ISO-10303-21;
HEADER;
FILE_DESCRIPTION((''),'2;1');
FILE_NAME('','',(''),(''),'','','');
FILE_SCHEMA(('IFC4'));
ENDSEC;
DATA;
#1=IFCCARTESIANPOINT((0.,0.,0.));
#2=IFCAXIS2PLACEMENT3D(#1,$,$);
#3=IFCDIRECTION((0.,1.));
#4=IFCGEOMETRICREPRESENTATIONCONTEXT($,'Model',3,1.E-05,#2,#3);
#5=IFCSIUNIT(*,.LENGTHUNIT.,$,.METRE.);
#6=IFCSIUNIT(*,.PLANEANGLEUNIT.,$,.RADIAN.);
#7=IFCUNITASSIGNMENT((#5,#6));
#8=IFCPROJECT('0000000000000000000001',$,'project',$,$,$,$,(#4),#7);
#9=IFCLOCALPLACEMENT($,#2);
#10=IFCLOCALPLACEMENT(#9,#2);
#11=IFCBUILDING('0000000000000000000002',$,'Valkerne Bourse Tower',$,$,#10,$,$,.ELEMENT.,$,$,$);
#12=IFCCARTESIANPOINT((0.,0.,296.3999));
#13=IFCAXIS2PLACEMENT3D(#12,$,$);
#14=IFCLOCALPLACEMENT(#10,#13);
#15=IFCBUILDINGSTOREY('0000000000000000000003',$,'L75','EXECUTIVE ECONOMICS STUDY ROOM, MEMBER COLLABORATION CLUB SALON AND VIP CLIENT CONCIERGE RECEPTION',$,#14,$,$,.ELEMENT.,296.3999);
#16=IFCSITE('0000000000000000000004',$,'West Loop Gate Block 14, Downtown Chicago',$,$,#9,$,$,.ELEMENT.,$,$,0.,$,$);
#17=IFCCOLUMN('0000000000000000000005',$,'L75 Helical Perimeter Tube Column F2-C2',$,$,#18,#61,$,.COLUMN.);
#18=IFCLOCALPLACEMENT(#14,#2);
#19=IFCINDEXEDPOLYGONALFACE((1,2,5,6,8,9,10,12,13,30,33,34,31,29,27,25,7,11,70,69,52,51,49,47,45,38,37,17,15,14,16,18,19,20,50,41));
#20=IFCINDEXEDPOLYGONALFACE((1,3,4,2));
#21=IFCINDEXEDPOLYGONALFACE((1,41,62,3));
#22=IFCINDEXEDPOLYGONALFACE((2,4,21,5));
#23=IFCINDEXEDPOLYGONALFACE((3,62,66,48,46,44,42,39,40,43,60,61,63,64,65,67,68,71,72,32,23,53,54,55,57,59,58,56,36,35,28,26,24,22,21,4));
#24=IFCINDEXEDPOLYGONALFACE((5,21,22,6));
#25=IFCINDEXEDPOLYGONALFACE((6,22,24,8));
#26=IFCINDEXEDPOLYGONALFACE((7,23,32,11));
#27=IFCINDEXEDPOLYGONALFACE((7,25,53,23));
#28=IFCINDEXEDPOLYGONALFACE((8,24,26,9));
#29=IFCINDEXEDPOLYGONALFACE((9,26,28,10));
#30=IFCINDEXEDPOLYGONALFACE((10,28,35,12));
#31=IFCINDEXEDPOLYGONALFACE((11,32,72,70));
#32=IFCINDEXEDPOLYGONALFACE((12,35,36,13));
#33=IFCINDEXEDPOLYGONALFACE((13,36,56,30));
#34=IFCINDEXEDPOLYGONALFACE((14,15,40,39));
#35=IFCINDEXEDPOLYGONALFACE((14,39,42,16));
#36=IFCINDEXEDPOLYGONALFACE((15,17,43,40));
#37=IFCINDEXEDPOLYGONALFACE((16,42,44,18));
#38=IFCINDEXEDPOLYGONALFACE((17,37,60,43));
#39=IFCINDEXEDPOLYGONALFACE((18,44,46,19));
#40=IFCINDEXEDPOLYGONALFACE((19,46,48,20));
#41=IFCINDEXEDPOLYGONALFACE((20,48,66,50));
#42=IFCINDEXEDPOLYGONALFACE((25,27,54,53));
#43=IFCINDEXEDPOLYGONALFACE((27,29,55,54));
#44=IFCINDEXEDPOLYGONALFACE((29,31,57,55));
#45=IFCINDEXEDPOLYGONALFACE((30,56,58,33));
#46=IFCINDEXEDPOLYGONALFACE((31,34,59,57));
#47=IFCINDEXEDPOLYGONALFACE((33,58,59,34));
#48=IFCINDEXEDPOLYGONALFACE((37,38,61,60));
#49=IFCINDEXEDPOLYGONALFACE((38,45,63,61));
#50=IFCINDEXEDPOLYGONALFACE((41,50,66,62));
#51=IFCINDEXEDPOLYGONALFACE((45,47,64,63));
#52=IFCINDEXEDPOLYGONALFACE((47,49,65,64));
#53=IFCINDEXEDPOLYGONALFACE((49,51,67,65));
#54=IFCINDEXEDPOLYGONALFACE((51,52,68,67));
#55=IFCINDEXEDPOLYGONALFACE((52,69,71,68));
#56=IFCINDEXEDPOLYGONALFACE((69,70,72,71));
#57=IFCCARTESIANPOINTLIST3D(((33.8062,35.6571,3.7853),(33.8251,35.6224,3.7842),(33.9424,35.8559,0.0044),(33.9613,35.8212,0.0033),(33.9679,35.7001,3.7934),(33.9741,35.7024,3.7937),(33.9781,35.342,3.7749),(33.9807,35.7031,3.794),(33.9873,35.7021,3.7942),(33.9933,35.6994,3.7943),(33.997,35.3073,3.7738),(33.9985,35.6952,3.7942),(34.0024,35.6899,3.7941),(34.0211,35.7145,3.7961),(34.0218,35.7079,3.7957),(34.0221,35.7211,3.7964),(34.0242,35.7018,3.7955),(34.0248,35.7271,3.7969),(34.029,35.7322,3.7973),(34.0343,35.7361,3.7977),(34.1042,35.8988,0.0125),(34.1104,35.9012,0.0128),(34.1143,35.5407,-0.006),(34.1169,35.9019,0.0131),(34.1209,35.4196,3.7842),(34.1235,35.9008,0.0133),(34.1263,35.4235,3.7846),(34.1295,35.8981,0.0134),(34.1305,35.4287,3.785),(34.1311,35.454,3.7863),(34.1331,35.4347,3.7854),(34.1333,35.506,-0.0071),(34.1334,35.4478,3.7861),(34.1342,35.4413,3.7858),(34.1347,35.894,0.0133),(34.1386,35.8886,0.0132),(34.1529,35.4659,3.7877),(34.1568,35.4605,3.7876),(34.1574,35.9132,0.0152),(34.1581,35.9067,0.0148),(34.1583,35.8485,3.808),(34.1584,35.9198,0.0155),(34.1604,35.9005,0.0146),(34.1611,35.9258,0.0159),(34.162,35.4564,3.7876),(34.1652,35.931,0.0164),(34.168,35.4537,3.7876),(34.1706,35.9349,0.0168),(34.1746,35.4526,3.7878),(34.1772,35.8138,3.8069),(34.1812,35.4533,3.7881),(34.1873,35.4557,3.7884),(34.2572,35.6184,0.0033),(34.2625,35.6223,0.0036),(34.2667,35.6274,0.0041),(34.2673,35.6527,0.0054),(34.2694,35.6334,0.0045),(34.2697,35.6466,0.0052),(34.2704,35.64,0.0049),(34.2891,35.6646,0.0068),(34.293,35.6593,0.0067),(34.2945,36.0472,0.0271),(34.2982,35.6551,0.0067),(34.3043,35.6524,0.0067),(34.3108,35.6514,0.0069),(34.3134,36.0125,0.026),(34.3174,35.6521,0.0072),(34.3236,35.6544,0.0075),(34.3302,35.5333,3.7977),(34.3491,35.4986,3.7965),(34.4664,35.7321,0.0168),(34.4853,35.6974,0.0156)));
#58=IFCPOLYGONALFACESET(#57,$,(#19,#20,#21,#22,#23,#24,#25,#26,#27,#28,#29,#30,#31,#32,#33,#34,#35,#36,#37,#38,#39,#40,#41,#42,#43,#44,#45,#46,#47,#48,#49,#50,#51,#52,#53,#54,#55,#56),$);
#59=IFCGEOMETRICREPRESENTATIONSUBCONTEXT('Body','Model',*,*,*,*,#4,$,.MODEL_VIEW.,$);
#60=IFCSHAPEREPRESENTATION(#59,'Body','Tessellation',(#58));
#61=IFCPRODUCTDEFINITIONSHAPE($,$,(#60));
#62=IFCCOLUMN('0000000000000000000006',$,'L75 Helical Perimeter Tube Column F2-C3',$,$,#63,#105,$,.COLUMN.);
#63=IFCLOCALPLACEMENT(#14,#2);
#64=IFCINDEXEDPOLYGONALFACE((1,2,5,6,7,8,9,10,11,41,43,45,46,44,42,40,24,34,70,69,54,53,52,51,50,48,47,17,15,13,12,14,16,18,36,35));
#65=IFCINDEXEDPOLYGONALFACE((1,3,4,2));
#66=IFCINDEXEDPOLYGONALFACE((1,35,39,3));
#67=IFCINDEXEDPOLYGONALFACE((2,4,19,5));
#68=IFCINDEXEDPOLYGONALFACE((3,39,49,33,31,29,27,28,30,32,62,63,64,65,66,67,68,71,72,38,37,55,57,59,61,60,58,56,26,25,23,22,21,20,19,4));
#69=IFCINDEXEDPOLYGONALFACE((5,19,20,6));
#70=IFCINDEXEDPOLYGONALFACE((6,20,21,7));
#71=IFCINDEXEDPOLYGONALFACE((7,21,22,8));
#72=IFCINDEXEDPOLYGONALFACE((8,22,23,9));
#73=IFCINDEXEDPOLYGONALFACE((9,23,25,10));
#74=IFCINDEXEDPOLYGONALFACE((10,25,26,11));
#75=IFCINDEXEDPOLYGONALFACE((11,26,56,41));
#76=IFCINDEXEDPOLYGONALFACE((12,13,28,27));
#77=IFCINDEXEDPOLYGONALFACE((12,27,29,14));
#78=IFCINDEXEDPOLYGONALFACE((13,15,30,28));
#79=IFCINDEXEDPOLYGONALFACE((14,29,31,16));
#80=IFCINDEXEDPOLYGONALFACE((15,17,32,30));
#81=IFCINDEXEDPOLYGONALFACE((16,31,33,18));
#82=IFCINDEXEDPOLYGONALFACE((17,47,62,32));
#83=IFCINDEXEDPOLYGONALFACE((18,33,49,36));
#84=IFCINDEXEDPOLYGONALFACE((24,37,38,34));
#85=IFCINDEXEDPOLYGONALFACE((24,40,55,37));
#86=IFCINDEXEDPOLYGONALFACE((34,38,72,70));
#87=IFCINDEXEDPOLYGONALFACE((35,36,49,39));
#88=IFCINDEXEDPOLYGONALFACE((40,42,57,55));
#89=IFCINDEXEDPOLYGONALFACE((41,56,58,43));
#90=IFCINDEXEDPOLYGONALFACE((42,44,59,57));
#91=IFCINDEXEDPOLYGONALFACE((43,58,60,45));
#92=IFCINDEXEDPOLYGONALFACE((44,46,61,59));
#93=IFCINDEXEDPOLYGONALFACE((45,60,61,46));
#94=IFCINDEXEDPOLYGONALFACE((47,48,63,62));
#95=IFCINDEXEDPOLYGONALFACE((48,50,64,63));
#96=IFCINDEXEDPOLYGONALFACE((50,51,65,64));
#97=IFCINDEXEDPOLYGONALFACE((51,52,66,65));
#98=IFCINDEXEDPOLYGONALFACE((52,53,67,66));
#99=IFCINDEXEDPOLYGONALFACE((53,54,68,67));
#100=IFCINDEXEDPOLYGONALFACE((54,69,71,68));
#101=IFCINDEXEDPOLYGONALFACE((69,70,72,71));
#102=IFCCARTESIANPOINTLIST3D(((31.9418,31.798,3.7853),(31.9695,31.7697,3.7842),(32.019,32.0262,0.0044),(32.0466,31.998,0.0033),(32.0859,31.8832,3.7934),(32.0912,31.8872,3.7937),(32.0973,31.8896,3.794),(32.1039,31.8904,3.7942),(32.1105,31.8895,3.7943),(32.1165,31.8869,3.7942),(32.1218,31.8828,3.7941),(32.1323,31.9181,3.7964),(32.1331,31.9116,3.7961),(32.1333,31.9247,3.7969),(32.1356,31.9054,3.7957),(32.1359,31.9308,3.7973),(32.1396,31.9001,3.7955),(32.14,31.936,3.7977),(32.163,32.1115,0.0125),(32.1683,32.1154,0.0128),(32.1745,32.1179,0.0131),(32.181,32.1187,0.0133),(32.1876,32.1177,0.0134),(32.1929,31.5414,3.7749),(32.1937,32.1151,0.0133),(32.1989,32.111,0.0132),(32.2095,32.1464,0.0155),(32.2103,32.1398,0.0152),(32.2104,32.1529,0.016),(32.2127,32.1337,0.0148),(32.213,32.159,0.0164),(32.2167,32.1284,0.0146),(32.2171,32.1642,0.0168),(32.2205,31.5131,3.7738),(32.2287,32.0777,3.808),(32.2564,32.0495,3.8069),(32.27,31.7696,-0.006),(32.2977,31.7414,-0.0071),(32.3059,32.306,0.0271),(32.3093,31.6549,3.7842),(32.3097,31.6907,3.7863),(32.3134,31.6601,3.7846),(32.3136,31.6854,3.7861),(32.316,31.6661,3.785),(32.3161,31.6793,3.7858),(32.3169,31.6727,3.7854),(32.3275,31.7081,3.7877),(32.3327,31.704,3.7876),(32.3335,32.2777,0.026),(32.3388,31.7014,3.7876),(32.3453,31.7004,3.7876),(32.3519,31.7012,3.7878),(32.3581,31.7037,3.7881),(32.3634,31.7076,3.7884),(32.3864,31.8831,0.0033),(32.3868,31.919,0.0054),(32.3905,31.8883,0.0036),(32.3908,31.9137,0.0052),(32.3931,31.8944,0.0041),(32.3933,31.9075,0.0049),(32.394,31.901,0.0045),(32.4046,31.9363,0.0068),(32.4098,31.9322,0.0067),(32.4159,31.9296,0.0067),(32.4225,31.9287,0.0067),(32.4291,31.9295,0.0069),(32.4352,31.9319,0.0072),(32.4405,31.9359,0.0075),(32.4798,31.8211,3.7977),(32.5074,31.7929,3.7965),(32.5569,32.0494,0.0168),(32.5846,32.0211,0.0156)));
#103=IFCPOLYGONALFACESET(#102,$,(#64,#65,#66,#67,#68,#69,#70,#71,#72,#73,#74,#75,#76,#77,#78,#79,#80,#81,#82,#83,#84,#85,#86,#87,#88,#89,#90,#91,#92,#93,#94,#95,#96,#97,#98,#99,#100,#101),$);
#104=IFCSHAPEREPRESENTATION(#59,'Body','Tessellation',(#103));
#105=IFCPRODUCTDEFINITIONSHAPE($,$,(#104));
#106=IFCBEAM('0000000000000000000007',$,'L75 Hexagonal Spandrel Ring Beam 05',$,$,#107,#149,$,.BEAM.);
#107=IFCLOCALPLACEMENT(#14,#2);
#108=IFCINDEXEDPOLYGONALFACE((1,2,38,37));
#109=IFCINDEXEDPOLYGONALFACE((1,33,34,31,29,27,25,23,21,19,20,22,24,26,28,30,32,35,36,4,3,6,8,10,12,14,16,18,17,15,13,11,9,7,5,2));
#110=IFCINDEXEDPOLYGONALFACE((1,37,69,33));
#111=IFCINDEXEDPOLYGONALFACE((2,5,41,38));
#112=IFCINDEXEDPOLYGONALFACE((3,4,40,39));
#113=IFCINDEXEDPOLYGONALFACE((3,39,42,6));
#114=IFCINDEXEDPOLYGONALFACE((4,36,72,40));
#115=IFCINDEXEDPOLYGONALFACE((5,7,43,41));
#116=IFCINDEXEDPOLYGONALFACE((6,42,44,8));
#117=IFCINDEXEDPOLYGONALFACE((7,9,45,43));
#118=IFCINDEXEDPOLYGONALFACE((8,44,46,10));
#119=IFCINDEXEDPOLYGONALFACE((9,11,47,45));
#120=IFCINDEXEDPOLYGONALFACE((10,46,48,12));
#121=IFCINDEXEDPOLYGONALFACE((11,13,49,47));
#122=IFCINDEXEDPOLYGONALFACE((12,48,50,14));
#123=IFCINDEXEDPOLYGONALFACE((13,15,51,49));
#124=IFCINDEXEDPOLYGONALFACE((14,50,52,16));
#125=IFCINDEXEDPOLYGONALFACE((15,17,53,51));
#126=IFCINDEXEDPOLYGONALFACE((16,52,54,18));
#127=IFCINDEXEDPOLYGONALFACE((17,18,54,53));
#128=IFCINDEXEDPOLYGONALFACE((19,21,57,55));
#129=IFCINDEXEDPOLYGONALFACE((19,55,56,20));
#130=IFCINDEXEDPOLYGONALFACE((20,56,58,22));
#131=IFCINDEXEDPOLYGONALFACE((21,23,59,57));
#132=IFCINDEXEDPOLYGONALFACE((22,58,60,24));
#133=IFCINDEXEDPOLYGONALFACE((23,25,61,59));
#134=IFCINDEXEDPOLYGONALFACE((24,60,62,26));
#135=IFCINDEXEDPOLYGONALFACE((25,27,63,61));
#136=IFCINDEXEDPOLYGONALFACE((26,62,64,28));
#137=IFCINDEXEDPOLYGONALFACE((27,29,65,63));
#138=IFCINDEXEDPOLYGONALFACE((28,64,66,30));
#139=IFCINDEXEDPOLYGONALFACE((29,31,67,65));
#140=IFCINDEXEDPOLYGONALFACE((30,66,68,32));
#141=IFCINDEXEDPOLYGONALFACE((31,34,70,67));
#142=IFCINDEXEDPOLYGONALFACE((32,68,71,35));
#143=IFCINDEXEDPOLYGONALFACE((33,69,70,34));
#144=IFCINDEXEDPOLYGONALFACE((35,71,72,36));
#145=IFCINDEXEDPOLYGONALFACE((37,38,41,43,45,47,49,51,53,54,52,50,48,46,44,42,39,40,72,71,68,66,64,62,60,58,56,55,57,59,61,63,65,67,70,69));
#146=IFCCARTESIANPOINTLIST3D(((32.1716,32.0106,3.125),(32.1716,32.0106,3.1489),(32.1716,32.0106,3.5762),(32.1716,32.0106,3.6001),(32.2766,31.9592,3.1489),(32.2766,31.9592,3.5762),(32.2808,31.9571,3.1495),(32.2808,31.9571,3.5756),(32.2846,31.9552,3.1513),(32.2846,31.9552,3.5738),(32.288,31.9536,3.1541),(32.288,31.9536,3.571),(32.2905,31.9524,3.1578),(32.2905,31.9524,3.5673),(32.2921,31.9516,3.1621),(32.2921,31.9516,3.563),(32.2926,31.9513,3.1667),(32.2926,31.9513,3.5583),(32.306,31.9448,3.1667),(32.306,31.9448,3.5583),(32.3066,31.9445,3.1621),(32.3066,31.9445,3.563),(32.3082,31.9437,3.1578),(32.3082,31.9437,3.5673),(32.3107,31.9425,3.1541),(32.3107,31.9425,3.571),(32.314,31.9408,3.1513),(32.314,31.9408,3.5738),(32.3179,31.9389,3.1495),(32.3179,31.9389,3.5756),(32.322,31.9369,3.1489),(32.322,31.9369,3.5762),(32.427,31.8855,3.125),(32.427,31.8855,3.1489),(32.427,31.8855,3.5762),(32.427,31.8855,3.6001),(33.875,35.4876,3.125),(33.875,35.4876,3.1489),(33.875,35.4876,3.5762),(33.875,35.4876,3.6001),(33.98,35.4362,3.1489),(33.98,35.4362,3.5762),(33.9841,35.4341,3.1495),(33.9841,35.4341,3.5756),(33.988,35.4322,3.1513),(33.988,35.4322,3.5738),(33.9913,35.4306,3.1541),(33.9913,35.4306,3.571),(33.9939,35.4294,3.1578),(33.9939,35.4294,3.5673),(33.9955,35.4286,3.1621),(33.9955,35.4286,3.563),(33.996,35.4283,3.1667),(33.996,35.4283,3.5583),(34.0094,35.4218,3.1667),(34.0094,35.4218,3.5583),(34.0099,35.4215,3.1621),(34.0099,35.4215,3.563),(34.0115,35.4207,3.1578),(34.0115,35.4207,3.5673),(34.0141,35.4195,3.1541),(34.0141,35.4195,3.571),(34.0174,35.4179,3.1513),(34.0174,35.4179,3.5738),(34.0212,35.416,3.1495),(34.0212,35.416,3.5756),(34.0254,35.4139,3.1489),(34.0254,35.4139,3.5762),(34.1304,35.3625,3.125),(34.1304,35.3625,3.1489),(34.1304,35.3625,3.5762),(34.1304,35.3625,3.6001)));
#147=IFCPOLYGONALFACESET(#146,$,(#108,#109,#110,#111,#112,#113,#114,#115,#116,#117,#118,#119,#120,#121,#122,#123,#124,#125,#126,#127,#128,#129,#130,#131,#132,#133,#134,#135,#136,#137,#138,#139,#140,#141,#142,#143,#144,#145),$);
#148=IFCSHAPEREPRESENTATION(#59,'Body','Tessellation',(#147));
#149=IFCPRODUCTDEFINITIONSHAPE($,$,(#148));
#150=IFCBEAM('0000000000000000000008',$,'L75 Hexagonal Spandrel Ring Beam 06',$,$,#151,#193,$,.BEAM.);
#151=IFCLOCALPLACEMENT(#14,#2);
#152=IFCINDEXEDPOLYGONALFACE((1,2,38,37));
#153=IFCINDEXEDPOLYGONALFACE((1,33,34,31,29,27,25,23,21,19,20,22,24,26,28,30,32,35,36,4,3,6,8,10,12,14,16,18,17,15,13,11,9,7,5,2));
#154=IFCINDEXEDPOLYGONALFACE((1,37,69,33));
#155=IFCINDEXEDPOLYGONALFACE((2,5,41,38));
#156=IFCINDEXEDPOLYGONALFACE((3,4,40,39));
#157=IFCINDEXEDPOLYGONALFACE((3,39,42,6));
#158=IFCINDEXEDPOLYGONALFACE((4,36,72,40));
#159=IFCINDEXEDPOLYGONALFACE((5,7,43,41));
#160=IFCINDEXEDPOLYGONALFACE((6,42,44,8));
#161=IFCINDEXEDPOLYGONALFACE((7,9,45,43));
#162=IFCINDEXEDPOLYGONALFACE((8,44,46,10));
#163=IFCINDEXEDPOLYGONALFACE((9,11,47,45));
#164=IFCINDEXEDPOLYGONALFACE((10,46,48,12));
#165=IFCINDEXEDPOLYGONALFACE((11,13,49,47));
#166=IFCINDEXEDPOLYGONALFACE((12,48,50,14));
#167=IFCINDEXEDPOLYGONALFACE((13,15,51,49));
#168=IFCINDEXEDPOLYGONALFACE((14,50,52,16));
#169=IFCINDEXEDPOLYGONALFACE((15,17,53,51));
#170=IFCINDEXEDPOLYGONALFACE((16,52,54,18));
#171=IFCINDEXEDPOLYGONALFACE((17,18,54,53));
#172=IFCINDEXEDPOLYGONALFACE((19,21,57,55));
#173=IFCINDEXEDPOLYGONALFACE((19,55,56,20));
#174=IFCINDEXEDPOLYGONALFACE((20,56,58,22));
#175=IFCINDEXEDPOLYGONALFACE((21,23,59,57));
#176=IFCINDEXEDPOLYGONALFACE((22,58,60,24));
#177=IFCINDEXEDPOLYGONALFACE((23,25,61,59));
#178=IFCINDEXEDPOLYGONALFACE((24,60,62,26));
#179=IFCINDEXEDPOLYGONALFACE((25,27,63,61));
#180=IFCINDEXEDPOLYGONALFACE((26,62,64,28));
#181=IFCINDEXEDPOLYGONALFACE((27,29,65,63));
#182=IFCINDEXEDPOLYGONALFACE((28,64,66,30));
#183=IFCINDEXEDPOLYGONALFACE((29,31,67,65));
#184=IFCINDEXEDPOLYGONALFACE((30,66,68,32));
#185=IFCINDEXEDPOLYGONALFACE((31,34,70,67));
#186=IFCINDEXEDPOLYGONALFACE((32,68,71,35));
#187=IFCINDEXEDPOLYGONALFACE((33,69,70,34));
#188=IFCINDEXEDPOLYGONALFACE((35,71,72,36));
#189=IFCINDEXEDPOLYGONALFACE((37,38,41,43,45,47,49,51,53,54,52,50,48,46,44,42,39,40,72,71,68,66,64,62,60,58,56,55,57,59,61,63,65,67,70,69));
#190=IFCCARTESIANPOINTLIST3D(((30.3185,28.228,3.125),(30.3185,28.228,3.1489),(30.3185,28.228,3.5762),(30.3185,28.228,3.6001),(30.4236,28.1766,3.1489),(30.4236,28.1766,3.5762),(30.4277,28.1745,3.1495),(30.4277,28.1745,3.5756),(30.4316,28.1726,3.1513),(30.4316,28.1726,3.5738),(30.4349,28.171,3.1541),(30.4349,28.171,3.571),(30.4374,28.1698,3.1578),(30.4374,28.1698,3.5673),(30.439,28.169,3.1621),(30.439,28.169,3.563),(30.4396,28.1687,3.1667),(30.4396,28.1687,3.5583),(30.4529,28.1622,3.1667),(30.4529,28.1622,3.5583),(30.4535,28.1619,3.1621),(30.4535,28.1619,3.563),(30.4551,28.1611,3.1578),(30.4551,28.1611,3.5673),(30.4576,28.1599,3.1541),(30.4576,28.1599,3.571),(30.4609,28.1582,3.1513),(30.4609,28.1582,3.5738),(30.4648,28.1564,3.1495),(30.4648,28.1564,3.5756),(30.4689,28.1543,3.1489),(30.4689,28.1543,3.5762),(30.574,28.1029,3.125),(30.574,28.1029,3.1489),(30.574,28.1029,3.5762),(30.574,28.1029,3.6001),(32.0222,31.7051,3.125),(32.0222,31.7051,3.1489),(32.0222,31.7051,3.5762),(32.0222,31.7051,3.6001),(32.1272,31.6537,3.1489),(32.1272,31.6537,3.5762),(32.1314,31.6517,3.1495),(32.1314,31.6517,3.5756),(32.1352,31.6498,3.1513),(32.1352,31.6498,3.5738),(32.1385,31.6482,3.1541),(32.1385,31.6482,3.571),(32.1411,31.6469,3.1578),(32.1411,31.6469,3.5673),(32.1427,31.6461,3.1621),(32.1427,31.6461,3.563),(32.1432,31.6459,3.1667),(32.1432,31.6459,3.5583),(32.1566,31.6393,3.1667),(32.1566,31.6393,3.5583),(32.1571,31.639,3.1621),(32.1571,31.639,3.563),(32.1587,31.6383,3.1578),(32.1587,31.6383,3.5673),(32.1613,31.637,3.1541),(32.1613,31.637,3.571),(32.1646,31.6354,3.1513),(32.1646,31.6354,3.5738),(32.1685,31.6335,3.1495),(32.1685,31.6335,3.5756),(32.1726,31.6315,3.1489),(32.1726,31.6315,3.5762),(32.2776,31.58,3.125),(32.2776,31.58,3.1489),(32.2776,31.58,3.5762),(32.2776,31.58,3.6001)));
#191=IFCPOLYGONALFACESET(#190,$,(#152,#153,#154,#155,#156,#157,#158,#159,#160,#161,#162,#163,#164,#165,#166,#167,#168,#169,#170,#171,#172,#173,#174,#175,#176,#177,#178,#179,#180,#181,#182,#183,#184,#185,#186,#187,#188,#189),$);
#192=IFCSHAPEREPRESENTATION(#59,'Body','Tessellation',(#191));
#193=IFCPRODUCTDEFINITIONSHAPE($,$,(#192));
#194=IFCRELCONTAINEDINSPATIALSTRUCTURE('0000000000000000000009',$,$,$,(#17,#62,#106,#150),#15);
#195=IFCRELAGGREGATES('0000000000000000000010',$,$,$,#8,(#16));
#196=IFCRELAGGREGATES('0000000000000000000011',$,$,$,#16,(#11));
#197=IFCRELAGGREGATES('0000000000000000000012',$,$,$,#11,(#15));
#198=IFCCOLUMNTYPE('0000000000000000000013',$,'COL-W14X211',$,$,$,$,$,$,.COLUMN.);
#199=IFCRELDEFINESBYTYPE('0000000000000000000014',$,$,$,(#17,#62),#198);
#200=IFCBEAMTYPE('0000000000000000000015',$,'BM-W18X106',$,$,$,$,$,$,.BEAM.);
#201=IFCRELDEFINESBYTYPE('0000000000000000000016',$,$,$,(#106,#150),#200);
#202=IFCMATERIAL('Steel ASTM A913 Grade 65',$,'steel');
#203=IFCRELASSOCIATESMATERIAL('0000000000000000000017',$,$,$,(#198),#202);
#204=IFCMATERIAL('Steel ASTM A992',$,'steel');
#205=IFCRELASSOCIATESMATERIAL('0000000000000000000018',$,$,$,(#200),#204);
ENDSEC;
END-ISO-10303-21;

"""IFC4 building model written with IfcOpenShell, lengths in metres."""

from ifc_helpers import new_model, si_unit, direction, frame, origin, origin_2d, place, context, subcontext, project, spatial, i_section, extrude, material, material_profile, profile_set, type_object, element, save


model = new_model("IFC4")

# Units and contexts
model_context = context("Model", 3, precision=1e-05, world=origin(), true_north=direction((0.0, 1.0)))
body_context = subcontext(model_context, "Body", "Model", "MODEL_VIEW")
ifc_project = project(units=[si_unit("LENGTHUNIT", "METRE"), si_unit("PLANEANGLEUNIT", "RADIAN")], contexts=[model_context])

# Site, building, storey
site_placement = place(None, origin())
site = spatial("IfcSite", under=ifc_project, at=site_placement, Name="West Loop Gate Block 14, Downtown Chicago", CompositionType="ELEMENT", RefElevation=0.0)
building_placement = place(site_placement, origin())
building = spatial("IfcBuilding", under=site, at=building_placement, Name="Valkerne Bourse Tower", CompositionType="ELEMENT")
storey_placement = place(building_placement, frame((0.0, 0.0, 296.3999)))
storey = spatial("IfcBuildingStorey", under=building, at=storey_placement, Name="L75", Description="EXECUTIVE ECONOMICS STUDY ROOM, MEMBER COLLABORATION CLUB SALON AND VIP CLIENT CONCIERGE RECEPTION", CompositionType="ELEMENT", Elevation=296.3999)

# Columns
ifc_material_1 = material(Name="Steel ASTM A913 Grade 65", Category="steel")
ifc_material_profile_1 = material_profile(ifc_material_1, i_section(OverallWidth=0.4014, OverallDepth=0.3987, WebThickness=0.0249, FlangeThickness=0.0396, FilletRadius=0.0254, at=origin_2d()), Name="W14X211")
ifc_profile_set_1 = profile_set([ifc_material_profile_1], Name="Steel ASTM A913 Grade 65")
column_type = type_object("IfcColumnType", Name="COL-W14X211", PredefinedType="COLUMN", material=ifc_profile_set_1)
for number, where, z_axis, x_axis, name in (
    (1, (34.2139, 35.7766, 0.01), (-0.035957, -0.052454, 0.997976), (-0.87722, -0.476732, -0.056664), "L75 Helical Perimeter Tube Column F2-C2"),
    (2, (32.3018, 32.0237, 0.01), (-0.020363, -0.060251, 0.997976), (-0.714793, -0.697036, -0.056667), "L75 Helical Perimeter Tube Column F2-C3"),
):
    element("IfcColumn", number, at=place(storey_placement, frame(where, z_axis=z_axis, x_axis=x_axis)), inside=storey, type_object=column_type, Name=name, PredefinedType="COLUMN", context=body_context, shape_type="SweptSolid", body=[
        extrude(i_section(OverallWidth=0.4014, OverallDepth=0.3987, WebThickness=0.0249, FlangeThickness=0.0396, FilletRadius=0.0254, at=origin_2d()), origin(), (0.0, 0.0, 1.0), 3.7886),
    ])

# Beams
ifc_material_2 = material(Name="Steel ASTM A992", Category="steel")
ifc_material_profile_2 = material_profile(ifc_material_2, i_section(OverallWidth=0.2844, OverallDepth=0.4751, WebThickness=0.0149, FlangeThickness=0.0239, FilletRadius=0.0178, at=origin_2d()), Name="W18X106")
ifc_profile_set_2 = profile_set([ifc_material_profile_2], Name="Steel ASTM A992")
beam_type_1 = type_object("IfcBeamType", Name="BM-W18X106", PredefinedType="BEAM", material=ifc_profile_set_2)
beam_1_placement = place(storey_placement, frame((34.0027, 35.425, 3.3625), z_axis=(-0.439935, -0.89803, 0.0), x_axis=(0.89803, -0.439935, 0.0)))
element("IfcBeam", 3, at=beam_1_placement, inside=storey, type_object=beam_type_1, Name="L75 Hexagonal Spandrel Ring Beam 05", PredefinedType="BEAM", context=body_context, shape_type="SweptSolid", body=[
    extrude(i_section(OverallWidth=0.2844, OverallDepth=0.4751, WebThickness=0.0149, FlangeThickness=0.0239, FilletRadius=0.0178, at=origin_2d()), origin(), (0.0, 0.0, 1.0), 3.8718),
])
beam_2_placement = place(storey_placement, frame((32.1499, 31.6426, 3.3625), z_axis=(-0.439986, -0.898005, 0.0), x_axis=(0.898005, -0.439986, 0.0)))
element("IfcBeam", 4, at=beam_2_placement, inside=storey, type_object=beam_type_1, Name="L75 Hexagonal Spandrel Ring Beam 06", PredefinedType="BEAM", context=body_context, shape_type="SweptSolid", body=[
    extrude(i_section(OverallWidth=0.2844, OverallDepth=0.4751, WebThickness=0.0149, FlangeThickness=0.0239, FilletRadius=0.0178, at=origin_2d()), origin(), (0.0, 0.0, 1.0), 3.8721),
])

save(model, "model.ifc")
